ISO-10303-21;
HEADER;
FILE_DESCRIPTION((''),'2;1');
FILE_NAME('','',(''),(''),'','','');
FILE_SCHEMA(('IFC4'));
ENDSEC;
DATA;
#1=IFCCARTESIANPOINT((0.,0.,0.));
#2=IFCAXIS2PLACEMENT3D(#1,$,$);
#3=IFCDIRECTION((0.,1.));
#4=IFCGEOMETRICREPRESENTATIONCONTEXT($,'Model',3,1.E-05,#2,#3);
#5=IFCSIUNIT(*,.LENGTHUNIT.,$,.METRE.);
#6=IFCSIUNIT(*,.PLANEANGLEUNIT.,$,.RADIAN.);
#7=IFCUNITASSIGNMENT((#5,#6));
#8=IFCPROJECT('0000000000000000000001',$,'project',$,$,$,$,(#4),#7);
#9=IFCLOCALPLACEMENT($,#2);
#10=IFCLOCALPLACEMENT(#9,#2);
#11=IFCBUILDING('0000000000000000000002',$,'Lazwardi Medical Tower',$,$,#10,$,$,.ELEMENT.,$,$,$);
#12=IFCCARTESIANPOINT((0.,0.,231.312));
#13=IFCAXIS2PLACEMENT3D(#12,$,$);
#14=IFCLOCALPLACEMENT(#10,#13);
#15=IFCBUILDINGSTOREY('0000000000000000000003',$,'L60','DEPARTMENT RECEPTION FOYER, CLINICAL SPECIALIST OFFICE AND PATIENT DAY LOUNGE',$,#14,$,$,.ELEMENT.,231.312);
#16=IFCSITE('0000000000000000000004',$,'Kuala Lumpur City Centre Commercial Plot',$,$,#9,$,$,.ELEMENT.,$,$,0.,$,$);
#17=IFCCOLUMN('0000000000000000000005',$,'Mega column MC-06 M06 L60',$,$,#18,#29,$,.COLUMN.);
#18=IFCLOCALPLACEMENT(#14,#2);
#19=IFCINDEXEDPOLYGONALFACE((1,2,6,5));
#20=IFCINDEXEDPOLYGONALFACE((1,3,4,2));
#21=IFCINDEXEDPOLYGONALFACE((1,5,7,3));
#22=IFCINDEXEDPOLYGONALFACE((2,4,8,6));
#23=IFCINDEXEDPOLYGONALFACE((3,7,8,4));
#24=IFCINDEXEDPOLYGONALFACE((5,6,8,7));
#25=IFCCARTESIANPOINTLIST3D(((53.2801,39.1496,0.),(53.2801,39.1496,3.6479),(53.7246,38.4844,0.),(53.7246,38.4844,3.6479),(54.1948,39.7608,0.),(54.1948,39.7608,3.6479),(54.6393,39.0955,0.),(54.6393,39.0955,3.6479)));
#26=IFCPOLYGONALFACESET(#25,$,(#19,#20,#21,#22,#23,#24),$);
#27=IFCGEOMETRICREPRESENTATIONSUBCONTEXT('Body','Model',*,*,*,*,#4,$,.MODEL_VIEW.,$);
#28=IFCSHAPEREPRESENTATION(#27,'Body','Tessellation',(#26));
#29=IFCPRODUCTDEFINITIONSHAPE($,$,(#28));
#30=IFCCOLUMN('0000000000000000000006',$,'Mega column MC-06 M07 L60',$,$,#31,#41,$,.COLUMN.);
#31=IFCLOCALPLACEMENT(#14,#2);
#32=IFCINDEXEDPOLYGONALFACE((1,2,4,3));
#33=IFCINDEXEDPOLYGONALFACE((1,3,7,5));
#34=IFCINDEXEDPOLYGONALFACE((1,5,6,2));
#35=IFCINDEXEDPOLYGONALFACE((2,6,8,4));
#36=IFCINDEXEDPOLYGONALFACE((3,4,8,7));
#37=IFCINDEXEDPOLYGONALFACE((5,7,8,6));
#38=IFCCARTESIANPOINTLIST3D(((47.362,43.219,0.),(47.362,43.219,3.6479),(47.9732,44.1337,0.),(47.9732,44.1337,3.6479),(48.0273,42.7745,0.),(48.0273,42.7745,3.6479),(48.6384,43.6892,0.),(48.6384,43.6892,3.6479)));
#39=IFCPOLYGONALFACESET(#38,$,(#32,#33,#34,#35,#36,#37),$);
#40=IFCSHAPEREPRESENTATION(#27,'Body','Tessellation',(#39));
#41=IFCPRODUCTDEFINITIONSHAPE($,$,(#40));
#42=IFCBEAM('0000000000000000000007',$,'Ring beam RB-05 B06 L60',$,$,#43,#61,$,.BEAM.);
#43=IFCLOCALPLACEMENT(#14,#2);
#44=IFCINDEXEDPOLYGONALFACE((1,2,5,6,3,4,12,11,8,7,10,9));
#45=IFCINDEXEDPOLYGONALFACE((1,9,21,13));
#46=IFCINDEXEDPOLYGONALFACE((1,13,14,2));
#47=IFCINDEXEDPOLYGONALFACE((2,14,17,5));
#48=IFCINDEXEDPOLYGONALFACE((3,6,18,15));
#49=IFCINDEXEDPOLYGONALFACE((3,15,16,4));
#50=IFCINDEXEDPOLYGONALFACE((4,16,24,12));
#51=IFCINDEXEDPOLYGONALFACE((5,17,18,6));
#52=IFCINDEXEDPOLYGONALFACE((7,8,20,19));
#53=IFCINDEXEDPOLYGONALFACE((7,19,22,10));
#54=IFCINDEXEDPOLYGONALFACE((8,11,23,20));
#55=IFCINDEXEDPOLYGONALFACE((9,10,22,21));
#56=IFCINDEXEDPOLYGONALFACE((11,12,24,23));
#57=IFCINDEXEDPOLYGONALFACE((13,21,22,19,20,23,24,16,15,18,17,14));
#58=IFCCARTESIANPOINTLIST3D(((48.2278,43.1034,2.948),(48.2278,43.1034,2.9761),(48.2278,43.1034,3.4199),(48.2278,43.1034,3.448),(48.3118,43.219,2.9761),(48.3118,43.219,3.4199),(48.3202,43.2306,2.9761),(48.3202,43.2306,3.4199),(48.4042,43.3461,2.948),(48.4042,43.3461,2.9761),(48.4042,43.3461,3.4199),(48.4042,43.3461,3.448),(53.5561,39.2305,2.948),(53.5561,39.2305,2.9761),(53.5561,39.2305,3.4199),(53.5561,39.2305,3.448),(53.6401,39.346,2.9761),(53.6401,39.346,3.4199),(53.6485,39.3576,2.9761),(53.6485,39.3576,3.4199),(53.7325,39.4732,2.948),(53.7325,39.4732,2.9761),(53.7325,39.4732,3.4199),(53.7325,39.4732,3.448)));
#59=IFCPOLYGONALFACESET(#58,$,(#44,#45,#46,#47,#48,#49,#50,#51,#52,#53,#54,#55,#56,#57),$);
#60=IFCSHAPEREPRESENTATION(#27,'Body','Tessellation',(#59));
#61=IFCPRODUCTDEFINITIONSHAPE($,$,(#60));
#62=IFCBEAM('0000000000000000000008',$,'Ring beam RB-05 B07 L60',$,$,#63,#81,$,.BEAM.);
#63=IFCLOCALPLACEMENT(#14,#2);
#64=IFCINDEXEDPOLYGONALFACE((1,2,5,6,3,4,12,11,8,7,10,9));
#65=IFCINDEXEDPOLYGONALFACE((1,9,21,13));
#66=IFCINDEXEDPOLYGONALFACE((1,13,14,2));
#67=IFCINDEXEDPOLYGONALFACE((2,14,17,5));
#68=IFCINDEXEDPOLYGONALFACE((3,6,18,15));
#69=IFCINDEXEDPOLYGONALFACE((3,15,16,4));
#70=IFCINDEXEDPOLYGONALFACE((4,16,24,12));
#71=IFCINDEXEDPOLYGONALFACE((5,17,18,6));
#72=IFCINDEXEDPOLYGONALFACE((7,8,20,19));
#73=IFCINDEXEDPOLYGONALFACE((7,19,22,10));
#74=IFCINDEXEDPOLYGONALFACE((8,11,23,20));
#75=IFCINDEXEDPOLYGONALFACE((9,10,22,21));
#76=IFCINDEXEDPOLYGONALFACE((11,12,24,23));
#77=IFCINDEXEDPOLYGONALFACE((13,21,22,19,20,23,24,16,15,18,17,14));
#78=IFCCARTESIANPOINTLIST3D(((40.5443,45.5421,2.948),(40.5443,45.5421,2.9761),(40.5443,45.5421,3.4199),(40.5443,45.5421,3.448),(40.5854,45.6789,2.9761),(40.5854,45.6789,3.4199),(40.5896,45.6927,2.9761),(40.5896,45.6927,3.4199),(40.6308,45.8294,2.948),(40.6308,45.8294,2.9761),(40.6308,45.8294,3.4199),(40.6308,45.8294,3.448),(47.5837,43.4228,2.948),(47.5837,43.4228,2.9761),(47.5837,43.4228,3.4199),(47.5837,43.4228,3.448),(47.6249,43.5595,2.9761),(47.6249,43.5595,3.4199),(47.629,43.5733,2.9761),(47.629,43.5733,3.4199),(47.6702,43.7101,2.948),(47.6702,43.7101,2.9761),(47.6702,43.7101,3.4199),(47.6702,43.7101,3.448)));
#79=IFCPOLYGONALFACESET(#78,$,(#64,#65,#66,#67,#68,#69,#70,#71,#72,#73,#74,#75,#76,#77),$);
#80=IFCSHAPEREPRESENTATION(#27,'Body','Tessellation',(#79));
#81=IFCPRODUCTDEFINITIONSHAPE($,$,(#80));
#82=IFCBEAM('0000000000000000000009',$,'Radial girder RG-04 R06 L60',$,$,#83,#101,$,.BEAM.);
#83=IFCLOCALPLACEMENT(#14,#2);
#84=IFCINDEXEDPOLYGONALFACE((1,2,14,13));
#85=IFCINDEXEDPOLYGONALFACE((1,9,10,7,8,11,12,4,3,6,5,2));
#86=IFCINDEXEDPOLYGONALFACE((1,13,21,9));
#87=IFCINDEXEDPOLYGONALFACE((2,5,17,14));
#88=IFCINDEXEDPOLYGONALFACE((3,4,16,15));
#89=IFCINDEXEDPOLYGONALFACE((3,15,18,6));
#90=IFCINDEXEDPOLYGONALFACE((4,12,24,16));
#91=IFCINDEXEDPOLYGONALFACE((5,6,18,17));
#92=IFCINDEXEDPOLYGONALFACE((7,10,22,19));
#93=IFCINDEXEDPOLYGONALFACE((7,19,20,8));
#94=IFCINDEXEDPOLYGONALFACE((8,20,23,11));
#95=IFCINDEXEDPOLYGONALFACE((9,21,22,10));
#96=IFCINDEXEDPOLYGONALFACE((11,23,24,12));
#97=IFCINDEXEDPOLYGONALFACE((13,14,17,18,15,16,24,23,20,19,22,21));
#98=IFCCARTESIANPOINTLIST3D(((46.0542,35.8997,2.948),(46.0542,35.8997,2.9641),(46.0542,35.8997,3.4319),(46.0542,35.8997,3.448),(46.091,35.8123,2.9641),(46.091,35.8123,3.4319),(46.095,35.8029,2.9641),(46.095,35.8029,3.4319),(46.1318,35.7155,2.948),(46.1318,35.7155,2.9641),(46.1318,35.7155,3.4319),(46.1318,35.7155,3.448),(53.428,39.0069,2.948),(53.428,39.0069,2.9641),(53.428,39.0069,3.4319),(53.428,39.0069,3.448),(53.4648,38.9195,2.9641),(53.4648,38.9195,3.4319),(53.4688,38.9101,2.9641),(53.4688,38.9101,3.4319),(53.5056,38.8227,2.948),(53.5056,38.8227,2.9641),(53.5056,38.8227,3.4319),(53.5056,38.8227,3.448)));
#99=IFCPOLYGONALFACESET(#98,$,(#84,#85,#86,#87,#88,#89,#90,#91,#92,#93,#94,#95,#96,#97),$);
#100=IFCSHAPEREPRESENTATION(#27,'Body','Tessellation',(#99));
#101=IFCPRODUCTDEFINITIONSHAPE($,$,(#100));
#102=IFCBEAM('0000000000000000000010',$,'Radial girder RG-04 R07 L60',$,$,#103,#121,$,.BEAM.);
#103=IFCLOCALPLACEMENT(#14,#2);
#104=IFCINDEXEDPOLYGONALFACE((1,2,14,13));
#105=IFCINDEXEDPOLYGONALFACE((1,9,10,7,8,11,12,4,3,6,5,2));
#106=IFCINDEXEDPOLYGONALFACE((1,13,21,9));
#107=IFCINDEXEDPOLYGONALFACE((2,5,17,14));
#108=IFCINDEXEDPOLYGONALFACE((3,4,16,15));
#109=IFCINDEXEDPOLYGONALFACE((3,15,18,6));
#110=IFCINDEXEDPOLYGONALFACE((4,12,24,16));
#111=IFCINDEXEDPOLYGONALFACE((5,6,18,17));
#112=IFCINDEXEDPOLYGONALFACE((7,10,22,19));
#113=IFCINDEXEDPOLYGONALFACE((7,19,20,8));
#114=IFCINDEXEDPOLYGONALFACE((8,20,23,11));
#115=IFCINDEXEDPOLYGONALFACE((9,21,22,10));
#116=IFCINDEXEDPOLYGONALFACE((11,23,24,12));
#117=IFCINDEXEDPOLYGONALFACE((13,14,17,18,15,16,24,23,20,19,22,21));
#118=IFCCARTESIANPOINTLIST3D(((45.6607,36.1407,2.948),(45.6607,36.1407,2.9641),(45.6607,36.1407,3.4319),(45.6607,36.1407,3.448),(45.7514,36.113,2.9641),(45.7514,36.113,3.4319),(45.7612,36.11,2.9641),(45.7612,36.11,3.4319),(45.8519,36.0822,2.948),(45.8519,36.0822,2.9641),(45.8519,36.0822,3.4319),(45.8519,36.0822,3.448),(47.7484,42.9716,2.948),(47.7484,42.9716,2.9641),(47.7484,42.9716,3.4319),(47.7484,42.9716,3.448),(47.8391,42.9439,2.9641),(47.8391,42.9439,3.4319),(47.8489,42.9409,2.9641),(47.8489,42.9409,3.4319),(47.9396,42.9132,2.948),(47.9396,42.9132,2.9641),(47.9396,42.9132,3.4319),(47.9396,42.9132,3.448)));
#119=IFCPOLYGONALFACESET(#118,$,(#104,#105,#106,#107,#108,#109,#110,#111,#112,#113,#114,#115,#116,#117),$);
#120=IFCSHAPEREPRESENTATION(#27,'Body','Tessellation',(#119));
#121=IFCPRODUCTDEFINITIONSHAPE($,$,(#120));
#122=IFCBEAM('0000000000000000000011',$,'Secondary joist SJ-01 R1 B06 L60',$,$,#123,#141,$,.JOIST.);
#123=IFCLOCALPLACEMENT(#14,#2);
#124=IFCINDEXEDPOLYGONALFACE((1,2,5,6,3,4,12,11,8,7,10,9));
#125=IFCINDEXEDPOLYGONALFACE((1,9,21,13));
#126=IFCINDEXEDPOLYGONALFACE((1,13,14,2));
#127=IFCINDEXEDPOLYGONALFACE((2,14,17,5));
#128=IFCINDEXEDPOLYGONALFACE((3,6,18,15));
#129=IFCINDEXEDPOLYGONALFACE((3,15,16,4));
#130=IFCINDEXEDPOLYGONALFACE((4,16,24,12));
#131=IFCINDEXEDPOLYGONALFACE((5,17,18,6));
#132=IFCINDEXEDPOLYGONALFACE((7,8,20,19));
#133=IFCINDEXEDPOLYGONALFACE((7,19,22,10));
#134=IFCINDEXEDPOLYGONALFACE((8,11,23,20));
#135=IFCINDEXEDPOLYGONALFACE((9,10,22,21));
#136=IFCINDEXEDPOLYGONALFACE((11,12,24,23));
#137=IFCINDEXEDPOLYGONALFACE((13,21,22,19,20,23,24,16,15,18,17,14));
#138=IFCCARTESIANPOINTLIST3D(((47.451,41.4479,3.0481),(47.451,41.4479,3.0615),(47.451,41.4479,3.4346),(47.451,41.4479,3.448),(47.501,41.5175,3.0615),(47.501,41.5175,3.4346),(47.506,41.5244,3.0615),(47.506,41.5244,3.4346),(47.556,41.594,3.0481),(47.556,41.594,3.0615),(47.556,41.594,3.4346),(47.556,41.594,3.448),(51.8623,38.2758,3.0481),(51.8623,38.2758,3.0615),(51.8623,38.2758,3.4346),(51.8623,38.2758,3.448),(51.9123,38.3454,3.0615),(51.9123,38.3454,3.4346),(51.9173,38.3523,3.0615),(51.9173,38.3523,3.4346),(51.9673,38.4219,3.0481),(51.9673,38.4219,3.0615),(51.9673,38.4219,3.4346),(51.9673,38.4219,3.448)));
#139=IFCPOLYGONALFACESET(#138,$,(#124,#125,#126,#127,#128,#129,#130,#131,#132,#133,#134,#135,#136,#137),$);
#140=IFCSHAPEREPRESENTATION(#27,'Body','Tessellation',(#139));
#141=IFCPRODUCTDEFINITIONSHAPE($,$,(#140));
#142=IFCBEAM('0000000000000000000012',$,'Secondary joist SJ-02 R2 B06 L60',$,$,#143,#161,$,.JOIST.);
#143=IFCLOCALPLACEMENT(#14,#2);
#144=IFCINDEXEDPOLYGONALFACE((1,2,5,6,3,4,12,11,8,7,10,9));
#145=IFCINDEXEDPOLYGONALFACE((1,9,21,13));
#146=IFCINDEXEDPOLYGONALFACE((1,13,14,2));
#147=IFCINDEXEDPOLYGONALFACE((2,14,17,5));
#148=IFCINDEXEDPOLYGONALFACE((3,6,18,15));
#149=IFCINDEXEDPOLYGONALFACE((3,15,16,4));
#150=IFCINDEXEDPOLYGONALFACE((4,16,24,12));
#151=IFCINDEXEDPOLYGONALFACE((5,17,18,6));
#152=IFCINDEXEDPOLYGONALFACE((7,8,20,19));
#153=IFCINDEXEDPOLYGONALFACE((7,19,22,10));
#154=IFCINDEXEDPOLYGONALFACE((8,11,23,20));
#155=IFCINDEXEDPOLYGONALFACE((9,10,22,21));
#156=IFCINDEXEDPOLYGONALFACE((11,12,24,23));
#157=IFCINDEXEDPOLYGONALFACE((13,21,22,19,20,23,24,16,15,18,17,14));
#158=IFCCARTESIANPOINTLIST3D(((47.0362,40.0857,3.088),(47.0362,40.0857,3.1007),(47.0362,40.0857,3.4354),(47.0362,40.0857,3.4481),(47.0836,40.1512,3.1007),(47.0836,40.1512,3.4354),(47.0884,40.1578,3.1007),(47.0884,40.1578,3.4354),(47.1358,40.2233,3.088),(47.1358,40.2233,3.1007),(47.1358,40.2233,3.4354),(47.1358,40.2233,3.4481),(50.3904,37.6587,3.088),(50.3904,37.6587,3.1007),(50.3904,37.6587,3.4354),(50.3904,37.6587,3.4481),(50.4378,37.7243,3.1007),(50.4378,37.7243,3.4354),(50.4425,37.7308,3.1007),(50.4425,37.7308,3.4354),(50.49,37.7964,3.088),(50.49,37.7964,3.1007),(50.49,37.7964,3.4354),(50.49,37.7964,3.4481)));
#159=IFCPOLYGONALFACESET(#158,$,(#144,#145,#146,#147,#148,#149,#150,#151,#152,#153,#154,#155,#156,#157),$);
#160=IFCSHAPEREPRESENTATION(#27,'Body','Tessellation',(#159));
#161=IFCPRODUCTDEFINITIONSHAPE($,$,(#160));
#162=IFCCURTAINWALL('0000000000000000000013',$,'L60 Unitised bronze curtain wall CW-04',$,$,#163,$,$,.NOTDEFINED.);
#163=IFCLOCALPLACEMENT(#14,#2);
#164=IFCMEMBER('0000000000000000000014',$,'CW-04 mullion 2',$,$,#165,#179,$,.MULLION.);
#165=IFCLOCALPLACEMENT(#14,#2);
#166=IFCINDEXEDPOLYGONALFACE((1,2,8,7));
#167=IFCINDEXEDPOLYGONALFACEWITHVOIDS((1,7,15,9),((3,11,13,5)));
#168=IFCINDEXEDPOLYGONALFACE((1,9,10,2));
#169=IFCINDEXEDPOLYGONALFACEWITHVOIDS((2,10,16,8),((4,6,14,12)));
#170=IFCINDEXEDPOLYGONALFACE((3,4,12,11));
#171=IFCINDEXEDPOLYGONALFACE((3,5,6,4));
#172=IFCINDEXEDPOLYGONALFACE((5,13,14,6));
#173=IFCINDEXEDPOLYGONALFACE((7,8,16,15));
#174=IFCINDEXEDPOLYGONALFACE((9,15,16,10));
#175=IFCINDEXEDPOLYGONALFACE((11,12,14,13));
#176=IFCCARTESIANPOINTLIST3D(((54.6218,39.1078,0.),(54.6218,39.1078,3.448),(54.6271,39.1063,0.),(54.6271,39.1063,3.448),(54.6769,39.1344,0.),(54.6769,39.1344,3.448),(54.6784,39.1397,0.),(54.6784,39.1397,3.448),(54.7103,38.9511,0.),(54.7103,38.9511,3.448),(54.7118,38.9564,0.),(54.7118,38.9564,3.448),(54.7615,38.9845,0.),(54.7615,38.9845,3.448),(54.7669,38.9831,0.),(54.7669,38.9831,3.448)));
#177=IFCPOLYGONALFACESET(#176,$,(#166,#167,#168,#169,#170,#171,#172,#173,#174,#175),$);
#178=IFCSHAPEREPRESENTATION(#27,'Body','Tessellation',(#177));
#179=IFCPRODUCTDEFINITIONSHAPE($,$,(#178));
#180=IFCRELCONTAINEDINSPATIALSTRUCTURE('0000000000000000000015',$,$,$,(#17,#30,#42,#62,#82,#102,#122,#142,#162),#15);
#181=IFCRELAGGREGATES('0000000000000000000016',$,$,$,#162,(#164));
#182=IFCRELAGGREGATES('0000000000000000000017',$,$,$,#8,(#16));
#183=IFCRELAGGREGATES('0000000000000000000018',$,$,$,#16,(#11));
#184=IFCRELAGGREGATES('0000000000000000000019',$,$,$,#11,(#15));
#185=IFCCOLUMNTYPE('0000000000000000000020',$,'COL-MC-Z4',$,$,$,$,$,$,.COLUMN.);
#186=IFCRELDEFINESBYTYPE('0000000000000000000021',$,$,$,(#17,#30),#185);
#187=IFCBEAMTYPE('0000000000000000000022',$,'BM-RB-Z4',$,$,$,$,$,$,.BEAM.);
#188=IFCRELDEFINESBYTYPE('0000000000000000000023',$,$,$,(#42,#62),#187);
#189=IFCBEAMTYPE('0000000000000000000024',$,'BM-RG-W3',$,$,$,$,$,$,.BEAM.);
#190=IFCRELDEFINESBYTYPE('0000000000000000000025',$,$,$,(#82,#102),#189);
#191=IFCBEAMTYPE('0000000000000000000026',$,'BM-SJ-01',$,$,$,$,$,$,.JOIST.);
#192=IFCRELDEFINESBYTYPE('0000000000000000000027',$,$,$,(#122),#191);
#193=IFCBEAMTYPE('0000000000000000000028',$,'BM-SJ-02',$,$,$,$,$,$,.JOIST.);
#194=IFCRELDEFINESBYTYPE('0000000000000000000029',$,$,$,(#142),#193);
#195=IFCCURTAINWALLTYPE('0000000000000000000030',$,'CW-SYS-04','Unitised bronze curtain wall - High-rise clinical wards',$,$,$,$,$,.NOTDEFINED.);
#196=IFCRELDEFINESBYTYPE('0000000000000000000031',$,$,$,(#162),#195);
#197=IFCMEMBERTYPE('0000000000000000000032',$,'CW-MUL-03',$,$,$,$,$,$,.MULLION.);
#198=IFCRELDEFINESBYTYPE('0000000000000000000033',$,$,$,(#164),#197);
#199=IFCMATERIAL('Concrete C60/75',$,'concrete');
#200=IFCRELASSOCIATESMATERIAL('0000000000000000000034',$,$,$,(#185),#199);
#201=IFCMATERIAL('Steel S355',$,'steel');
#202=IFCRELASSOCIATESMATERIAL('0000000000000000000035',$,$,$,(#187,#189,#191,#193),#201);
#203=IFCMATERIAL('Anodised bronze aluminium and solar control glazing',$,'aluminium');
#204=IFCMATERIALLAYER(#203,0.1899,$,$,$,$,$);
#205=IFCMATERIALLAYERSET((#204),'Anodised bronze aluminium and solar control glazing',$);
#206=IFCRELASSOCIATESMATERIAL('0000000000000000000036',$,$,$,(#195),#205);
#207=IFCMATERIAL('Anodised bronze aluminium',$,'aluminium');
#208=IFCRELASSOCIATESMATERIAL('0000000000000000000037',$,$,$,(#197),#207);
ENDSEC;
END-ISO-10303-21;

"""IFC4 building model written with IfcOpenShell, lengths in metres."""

from ifc_helpers import new_model, si_unit, direction, frame, origin, origin_2d, place, context, subcontext, project, spatial, rectangle, hollow_rectangle, i_section, extrude, material, layer, layer_set, material_profile, profile_set, type_object, element, aggregate, save


model = new_model("IFC4")

# Units and contexts
model_context = context("Model", 3, precision=1e-05, world=origin(), true_north=direction((0.0, 1.0)))
body_context = subcontext(model_context, "Body", "Model", "MODEL_VIEW")
ifc_project = project(units=[si_unit("LENGTHUNIT", "METRE"), si_unit("PLANEANGLEUNIT", "RADIAN")], contexts=[model_context])

# Site, building, storey
site_placement = place(None, origin())
site = spatial("IfcSite", under=ifc_project, at=site_placement, Name="Kuala Lumpur City Centre Commercial Plot", CompositionType="ELEMENT", RefElevation=0.0)
building_placement = place(site_placement, origin())
building = spatial("IfcBuilding", under=site, at=building_placement, Name="Lazwardi Medical Tower", CompositionType="ELEMENT")
storey_placement = place(building_placement, frame((0.0, 0.0, 231.312)))
storey = spatial("IfcBuildingStorey", under=building, at=storey_placement, Name="L60", Description="DEPARTMENT RECEPTION FOYER, CLINICAL SPECIALIST OFFICE AND PATIENT DAY LOUNGE", CompositionType="ELEMENT", Elevation=231.312)

# Columns
ifc_material_1 = material(Name="Concrete C60/75", Category="concrete")
ifc_material_profile_1 = material_profile(ifc_material_1, rectangle(XDim=1.1001, YDim=0.8, at=origin_2d()), Name="CFT-RECT 1100x800")
ifc_profile_set_1 = profile_set([ifc_material_profile_1], Name="Concrete C60/75")
column_type = type_object("IfcColumnType", Name="COL-MC-Z4", PredefinedType="COLUMN", material=ifc_profile_set_1)
for number, where, z_axis, x_axis, name in (
    (1, (53.9597, 39.1226, 0.0), (0.0, 0.0, 1.0), (0.83147, 0.55557, 0.0), "Mega column MC-06 M06 L60"),
    (2, (48.0002, 43.4541, 0.0), (0.0, 0.0, 1.0), (0.55557, 0.83147, 0.0), "Mega column MC-06 M07 L60"),
):
    element("IfcColumn", number, at=place(storey_placement, frame(where, z_axis=z_axis, x_axis=x_axis)), inside=storey, type_object=column_type, Name=name, PredefinedType="COLUMN", context=body_context, shape_type="SweptSolid", body=[
        extrude(rectangle(XDim=1.1001, YDim=0.8, at=origin_2d()), origin(), (0.0, 0.0, 1.0), 3.6479),
    ])

# Beams
ifc_material_2 = material(Name="Steel S355", Category="steel")
ifc_material_profile_2 = material_profile(ifc_material_2, i_section(OverallWidth=0.3, OverallDepth=0.5, WebThickness=0.0144, FlangeThickness=0.0281, at=origin_2d()), Name="HEB 500")
ifc_profile_set_2 = profile_set([ifc_material_profile_2], Name="Steel S355")
beam_type_1 = type_object("IfcBeamType", Name="BM-RB-Z4", PredefinedType="BEAM", material=ifc_profile_set_2)
beam_1_placement = place(storey_placement, frame((53.6443, 39.3518, 3.198), z_axis=(-0.80889, 0.58796, 0.0), x_axis=(-0.58796, -0.80889, 0.0)))
element("IfcBeam", 3, at=beam_1_placement, inside=storey, type_object=beam_type_1, Name="Ring beam RB-05 B06 L60", PredefinedType="BEAM", context=body_context, shape_type="SweptSolid", body=[
    extrude(i_section(OverallWidth=0.3, OverallDepth=0.5, WebThickness=0.0144, FlangeThickness=0.0281, at=origin_2d()), origin(), (0.0, 0.0, 1.0), 6.5872),
])
beam_2_placement = place(storey_placement, frame((47.627, 43.5664, 3.198), z_axis=(-0.957544, 0.288286, 0.0), x_axis=(-0.288286, -0.957544, 0.0)))
element("IfcBeam", 4, at=beam_2_placement, inside=storey, type_object=beam_type_1, Name="Ring beam RB-05 B07 L60", PredefinedType="BEAM", context=body_context, shape_type="SweptSolid", body=[
    extrude(i_section(OverallWidth=0.3, OverallDepth=0.5, WebThickness=0.0144, FlangeThickness=0.0281, at=origin_2d()), origin(), (0.0, 0.0, 1.0), 7.3516),
])
ifc_material_profile_3 = material_profile(ifc_material_2, i_section(OverallWidth=0.2, OverallDepth=0.5, WebThickness=0.0103, FlangeThickness=0.0161, at=origin_2d()), Name="IPE 500")
ifc_profile_set_3 = profile_set([ifc_material_profile_3], Name="Steel S355")
beam_type_2 = type_object("IfcBeamType", Name="BM-RG-W3", PredefinedType="BEAM", material=ifc_profile_set_3)
beam_3_placement = place(storey_placement, frame((53.4668, 38.9148, 3.198), z_axis=(-0.921527, -0.388315, 0.0), x_axis=(0.388315, -0.921527, 0.0)))
element("IfcBeam", 5, at=beam_3_placement, inside=storey, type_object=beam_type_2, Name="Radial girder RG-04 R06 L60", PredefinedType="BEAM", context=body_context, shape_type="SweptSolid", body=[
    extrude(i_section(OverallWidth=0.2, OverallDepth=0.5, WebThickness=0.0103, FlangeThickness=0.0161, at=origin_2d()), origin(), (0.0, 0.0, 1.0), 8.0017),
])
beam_4_placement = place(storey_placement, frame((47.844, 42.9424, 3.198), z_axis=(-0.292277, -0.956334, 0.0), x_axis=(0.956334, -0.292277, 0.0)))
element("IfcBeam", 6, at=beam_4_placement, inside=storey, type_object=beam_type_2, Name="Radial girder RG-04 R07 L60", PredefinedType="BEAM", context=body_context, shape_type="SweptSolid", body=[
    extrude(i_section(OverallWidth=0.2, OverallDepth=0.5, WebThickness=0.0103, FlangeThickness=0.0161, at=origin_2d()), origin(), (0.0, 0.0, 1.0), 7.1428),
])
ifc_material_profile_4 = material_profile(ifc_material_2, i_section(OverallWidth=0.1799, OverallDepth=0.3999, WebThickness=0.0085, FlangeThickness=0.0134, at=origin_2d()), Name="IPE 400")
ifc_profile_set_4 = profile_set([ifc_material_profile_4], Name="Steel S355")
beam_type_3 = type_object("IfcBeamType", Name="BM-SJ-01", PredefinedType="JOIST", material=ifc_profile_set_4)
beam_5_placement = place(storey_placement, frame((51.9148, 38.3489, 3.248), z_axis=(-0.81189, 0.583811, 0.0), x_axis=(-0.583811, -0.81189, 0.0)))
element("IfcBeam", 7, at=beam_5_placement, inside=storey, type_object=beam_type_3, Name="Secondary joist SJ-01 R1 B06 L60", PredefinedType="JOIST", context=body_context, shape_type="SweptSolid", body=[
    extrude(i_section(OverallWidth=0.1799, OverallDepth=0.3999, WebThickness=0.0085, FlangeThickness=0.0134, at=origin_2d()), origin(), (0.0, 0.0, 1.0), 5.4333),
])
ifc_material_profile_5 = material_profile(ifc_material_2, i_section(OverallWidth=0.1699, OverallDepth=0.3601, WebThickness=0.0081, FlangeThickness=0.0127, at=origin_2d()), Name="IPE 360")
ifc_profile_set_5 = profile_set([ifc_material_profile_5], Name="Steel S355")
beam_type_4 = type_object("IfcBeamType", Name="BM-SJ-02", PredefinedType="JOIST", material=ifc_profile_set_5)
beam_6_placement = place(storey_placement, frame((50.4402, 37.7275, 3.2681), z_axis=(-0.810164, 0.586203, 0.0), x_axis=(-0.586203, -0.810164, 0.0)))
element("IfcBeam", 8, at=beam_6_placement, inside=storey, type_object=beam_type_4, Name="Secondary joist SJ-02 R2 B06 L60", PredefinedType="JOIST", context=body_context, shape_type="SweptSolid", body=[
    extrude(i_section(OverallWidth=0.1699, OverallDepth=0.3601, WebThickness=0.0081, FlangeThickness=0.0127, at=origin_2d()), origin(), (0.0, 0.0, 1.0), 4.1401),
])

# Curtain wall, member
ifc_material_3 = material(Name="Anodised bronze aluminium and solar control glazing", Category="aluminium")
ifc_layer_1 = layer(ifc_material_3, 0.1899)
ifc_layer_set_1 = layer_set([ifc_layer_1], Name="Anodised bronze aluminium and solar control glazing")
curtain_wall_type = type_object("IfcCurtainWallType", Name="CW-SYS-04", Description="Unitised bronze curtain wall - High-rise clinical wards", PredefinedType="NOTDEFINED", material=ifc_layer_set_1)
curtain_wall_1_placement = place(storey_placement, origin())
curtain_wall_1 = element("IfcCurtainWall", 9, at=curtain_wall_1_placement, inside=storey, type_object=curtain_wall_type, Name="L60 Unitised bronze curtain wall CW-04", PredefinedType="NOTDEFINED")
ifc_material_4 = material(Name="Anodised bronze aluminium", Category="aluminium")
ifc_material_profile_6 = material_profile(ifc_material_4, hollow_rectangle(XDim=0.0649, YDim=0.1799, WallThickness=0.0039, at=origin_2d()), Name="ALU-MULLION 180x65x4")
ifc_profile_set_6 = profile_set([ifc_material_profile_6], Name="Anodised bronze aluminium")
member_type_1 = type_object("IfcMemberType", Name="CW-MUL-03", PredefinedType="MULLION", material=ifc_profile_set_6)
member_1_placement = place(storey_placement, frame((54.6943, 39.0454, 0.0), z_axis=(0.0, 0.0, 1.0), x_axis=(-0.870651, -0.4919, 0.0)))
member_1 = element("IfcMember", 10, at=member_1_placement, type_object=member_type_1, Name="CW-04 mullion 2", PredefinedType="MULLION", context=body_context, shape_type="SweptSolid", body=[
    extrude(hollow_rectangle(XDim=0.0649, YDim=0.1799, WallThickness=0.0039, at=origin_2d()), origin(), (0.0, 0.0, 1.0), 3.448),
])
aggregate(curtain_wall_1, [member_1])

save(model, "model.ifc")
